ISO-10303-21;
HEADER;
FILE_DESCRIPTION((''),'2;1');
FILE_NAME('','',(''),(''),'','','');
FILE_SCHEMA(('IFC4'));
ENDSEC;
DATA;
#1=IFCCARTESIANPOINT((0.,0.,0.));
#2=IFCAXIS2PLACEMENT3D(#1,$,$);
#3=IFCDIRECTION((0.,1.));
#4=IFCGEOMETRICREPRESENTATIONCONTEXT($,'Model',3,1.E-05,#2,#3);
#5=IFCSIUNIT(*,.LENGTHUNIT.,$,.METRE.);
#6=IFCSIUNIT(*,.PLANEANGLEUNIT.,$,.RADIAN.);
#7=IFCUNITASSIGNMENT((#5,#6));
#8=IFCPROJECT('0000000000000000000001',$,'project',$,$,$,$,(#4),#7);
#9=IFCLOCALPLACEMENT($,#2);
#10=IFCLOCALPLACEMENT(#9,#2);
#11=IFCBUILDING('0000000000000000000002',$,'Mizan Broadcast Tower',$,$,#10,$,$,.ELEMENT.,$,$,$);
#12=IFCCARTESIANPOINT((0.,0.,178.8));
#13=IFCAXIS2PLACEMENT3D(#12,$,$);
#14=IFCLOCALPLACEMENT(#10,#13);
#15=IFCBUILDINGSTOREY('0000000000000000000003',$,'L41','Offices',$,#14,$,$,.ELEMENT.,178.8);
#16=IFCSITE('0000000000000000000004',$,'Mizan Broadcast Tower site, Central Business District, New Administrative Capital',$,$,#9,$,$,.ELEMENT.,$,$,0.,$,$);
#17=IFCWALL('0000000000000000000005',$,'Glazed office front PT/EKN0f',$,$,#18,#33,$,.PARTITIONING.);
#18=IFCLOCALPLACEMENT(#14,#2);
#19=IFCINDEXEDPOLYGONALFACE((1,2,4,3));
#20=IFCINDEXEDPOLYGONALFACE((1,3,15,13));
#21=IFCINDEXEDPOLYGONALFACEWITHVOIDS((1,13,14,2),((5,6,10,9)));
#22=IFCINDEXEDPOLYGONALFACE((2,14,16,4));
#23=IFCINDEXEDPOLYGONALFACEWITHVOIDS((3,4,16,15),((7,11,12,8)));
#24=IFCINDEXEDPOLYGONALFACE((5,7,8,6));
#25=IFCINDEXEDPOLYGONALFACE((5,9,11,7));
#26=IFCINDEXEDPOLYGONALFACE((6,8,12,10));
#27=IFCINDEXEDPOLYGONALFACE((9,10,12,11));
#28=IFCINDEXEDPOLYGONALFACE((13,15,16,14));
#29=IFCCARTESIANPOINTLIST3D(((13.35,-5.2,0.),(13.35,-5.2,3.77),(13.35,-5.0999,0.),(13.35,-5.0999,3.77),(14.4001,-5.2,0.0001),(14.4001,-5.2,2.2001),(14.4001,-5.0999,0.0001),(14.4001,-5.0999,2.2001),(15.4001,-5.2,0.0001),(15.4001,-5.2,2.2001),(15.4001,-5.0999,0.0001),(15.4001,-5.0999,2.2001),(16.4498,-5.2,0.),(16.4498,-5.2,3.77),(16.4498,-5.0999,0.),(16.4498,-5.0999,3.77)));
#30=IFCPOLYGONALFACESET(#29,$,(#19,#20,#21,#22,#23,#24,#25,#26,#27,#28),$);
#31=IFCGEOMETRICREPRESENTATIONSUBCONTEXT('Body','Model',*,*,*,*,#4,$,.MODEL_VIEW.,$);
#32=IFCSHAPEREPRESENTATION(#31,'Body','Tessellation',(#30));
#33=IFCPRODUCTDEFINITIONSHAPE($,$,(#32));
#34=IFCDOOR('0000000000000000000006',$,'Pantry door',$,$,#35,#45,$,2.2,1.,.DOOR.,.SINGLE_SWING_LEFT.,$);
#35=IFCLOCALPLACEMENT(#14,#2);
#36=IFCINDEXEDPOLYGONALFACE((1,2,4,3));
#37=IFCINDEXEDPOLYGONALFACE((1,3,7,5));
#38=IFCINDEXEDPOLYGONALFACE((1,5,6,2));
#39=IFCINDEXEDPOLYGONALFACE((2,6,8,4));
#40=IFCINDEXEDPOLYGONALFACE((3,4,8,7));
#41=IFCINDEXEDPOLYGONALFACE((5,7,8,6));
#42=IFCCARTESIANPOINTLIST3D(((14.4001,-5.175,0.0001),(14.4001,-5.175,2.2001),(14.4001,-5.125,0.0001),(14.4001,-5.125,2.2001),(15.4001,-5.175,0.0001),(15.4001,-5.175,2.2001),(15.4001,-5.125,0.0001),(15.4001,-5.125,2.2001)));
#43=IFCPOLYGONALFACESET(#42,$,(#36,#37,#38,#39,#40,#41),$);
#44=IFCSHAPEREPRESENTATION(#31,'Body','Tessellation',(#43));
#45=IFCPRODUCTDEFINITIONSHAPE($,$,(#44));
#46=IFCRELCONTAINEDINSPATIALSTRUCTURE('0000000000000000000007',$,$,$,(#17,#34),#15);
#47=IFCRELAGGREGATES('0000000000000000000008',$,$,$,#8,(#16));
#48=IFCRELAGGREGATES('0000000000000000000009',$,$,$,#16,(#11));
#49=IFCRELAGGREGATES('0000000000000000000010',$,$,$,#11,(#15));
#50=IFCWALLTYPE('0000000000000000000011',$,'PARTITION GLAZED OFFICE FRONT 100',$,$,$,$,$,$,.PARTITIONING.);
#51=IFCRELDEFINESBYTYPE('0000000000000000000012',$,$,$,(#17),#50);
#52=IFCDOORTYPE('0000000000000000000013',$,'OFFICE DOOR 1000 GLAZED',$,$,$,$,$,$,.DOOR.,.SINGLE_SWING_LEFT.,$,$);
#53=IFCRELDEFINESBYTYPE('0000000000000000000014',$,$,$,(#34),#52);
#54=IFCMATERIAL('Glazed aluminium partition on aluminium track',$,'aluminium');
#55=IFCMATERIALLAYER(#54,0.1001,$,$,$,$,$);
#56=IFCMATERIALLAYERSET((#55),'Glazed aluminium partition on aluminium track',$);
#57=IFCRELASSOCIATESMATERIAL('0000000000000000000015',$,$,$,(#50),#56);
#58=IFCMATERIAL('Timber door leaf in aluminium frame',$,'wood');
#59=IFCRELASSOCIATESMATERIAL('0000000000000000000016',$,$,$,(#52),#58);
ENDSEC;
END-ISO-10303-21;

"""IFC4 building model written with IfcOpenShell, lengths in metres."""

from ifc_helpers import new_model, si_unit, direction, frame, frame_2d, origin, place, context, subcontext, project, spatial, rectangle, extrude, material, layer, layer_set, type_object, element, fill, save


model = new_model("IFC4")

# Units and contexts
model_context = context("Model", 3, precision=1e-05, world=origin(), true_north=direction((0.0, 1.0)))
body_context = subcontext(model_context, "Body", "Model", "MODEL_VIEW")
ifc_project = project(units=[si_unit("LENGTHUNIT", "METRE"), si_unit("PLANEANGLEUNIT", "RADIAN")], contexts=[model_context])

# Site, building, storey
site_placement = place(None, origin())
site = spatial("IfcSite", under=ifc_project, at=site_placement, Name="Mizan Broadcast Tower site, Central Business District, New Administrative Capital", CompositionType="ELEMENT", RefElevation=0.0)
building_placement = place(site_placement, origin())
building = spatial("IfcBuilding", under=site, at=building_placement, Name="Mizan Broadcast Tower", CompositionType="ELEMENT")
storey_placement = place(building_placement, frame((0.0, 0.0, 178.8)))
storey = spatial("IfcBuildingStorey", under=building, at=storey_placement, Name="L41", Description="Offices", CompositionType="ELEMENT", Elevation=178.8)

# Shared definitions
ifc_material_1 = material(Name="Glazed aluminium partition on aluminium track", Category="aluminium")
ifc_layer_1 = layer(ifc_material_1, 0.1001)
ifc_layer_set_1 = layer_set([ifc_layer_1], Name="Glazed aluminium partition on aluminium track")
wall_type_1 = type_object("IfcWallType", Name="PARTITION GLAZED OFFICE FRONT 100", PredefinedType="PARTITIONING", material=ifc_layer_set_1)

# Wall, opening, door
wall_1_placement = place(storey_placement, frame((13.3501, -5.1499, 0.0), z_axis=(0.0, 0.0, 1.0), x_axis=(1.0, 0.0, 0.0)))
wall_1 = element("IfcWall", 1, at=wall_1_placement, inside=storey, type_object=wall_type_1, Name="Glazed office front PT/EKN0f", PredefinedType="PARTITIONING", context=body_context, shape_type="SweptSolid", body=[
    extrude(rectangle(XDim=3.0999, YDim=0.1001, at=frame_2d((1.5498, 0.0))), origin(), (0.0, 0.0, 1.0), 3.77),
])
opening_1_placement = place(wall_1_placement, frame((1.05, 0.0, 0.0)))
opening_1 = element("IfcOpeningElement", 2, at=opening_1_placement, cuts=wall_1, PredefinedType="OPENING", context=body_context, shape_type="SweptSolid", body=[
    extrude(rectangle(XDim=1.0, YDim=2.2, at=frame_2d((0.5, 1.1001))), frame((0.0, 0.0601, 0.0), z_axis=(0.0, -1.0, 0.0), x_axis=(1.0, 0.0, 0.0)), (0.0, 0.0, 1.0), 0.1201),
])
ifc_material_2 = material(Name="Timber door leaf in aluminium frame", Category="wood")
door_type_1 = type_object("IfcDoorType", Name="OFFICE DOOR 1000 GLAZED", OperationType="SINGLE_SWING_LEFT", PredefinedType="DOOR", material=ifc_material_2)
door_1_placement = place(opening_1_placement, origin())
door_1 = element("IfcDoor", 3, at=door_1_placement, inside=storey, type_object=door_type_1, Name="Pantry door", OperationType="SINGLE_SWING_LEFT", OverallHeight=2.2, OverallWidth=1.0, PredefinedType="DOOR", context=body_context, shape_type="SweptSolid", body=[
    extrude(rectangle(XDim=1.0, YDim=2.2, at=frame_2d((0.5, 1.1001))), frame((0.0, 0.0249, 0.0), z_axis=(0.0, -1.0, 0.0), x_axis=(1.0, 0.0, 0.0)), (0.0, 0.0, 1.0), 0.05),
])
fill(opening_1, door_1)

save(model, "model.ifc")
